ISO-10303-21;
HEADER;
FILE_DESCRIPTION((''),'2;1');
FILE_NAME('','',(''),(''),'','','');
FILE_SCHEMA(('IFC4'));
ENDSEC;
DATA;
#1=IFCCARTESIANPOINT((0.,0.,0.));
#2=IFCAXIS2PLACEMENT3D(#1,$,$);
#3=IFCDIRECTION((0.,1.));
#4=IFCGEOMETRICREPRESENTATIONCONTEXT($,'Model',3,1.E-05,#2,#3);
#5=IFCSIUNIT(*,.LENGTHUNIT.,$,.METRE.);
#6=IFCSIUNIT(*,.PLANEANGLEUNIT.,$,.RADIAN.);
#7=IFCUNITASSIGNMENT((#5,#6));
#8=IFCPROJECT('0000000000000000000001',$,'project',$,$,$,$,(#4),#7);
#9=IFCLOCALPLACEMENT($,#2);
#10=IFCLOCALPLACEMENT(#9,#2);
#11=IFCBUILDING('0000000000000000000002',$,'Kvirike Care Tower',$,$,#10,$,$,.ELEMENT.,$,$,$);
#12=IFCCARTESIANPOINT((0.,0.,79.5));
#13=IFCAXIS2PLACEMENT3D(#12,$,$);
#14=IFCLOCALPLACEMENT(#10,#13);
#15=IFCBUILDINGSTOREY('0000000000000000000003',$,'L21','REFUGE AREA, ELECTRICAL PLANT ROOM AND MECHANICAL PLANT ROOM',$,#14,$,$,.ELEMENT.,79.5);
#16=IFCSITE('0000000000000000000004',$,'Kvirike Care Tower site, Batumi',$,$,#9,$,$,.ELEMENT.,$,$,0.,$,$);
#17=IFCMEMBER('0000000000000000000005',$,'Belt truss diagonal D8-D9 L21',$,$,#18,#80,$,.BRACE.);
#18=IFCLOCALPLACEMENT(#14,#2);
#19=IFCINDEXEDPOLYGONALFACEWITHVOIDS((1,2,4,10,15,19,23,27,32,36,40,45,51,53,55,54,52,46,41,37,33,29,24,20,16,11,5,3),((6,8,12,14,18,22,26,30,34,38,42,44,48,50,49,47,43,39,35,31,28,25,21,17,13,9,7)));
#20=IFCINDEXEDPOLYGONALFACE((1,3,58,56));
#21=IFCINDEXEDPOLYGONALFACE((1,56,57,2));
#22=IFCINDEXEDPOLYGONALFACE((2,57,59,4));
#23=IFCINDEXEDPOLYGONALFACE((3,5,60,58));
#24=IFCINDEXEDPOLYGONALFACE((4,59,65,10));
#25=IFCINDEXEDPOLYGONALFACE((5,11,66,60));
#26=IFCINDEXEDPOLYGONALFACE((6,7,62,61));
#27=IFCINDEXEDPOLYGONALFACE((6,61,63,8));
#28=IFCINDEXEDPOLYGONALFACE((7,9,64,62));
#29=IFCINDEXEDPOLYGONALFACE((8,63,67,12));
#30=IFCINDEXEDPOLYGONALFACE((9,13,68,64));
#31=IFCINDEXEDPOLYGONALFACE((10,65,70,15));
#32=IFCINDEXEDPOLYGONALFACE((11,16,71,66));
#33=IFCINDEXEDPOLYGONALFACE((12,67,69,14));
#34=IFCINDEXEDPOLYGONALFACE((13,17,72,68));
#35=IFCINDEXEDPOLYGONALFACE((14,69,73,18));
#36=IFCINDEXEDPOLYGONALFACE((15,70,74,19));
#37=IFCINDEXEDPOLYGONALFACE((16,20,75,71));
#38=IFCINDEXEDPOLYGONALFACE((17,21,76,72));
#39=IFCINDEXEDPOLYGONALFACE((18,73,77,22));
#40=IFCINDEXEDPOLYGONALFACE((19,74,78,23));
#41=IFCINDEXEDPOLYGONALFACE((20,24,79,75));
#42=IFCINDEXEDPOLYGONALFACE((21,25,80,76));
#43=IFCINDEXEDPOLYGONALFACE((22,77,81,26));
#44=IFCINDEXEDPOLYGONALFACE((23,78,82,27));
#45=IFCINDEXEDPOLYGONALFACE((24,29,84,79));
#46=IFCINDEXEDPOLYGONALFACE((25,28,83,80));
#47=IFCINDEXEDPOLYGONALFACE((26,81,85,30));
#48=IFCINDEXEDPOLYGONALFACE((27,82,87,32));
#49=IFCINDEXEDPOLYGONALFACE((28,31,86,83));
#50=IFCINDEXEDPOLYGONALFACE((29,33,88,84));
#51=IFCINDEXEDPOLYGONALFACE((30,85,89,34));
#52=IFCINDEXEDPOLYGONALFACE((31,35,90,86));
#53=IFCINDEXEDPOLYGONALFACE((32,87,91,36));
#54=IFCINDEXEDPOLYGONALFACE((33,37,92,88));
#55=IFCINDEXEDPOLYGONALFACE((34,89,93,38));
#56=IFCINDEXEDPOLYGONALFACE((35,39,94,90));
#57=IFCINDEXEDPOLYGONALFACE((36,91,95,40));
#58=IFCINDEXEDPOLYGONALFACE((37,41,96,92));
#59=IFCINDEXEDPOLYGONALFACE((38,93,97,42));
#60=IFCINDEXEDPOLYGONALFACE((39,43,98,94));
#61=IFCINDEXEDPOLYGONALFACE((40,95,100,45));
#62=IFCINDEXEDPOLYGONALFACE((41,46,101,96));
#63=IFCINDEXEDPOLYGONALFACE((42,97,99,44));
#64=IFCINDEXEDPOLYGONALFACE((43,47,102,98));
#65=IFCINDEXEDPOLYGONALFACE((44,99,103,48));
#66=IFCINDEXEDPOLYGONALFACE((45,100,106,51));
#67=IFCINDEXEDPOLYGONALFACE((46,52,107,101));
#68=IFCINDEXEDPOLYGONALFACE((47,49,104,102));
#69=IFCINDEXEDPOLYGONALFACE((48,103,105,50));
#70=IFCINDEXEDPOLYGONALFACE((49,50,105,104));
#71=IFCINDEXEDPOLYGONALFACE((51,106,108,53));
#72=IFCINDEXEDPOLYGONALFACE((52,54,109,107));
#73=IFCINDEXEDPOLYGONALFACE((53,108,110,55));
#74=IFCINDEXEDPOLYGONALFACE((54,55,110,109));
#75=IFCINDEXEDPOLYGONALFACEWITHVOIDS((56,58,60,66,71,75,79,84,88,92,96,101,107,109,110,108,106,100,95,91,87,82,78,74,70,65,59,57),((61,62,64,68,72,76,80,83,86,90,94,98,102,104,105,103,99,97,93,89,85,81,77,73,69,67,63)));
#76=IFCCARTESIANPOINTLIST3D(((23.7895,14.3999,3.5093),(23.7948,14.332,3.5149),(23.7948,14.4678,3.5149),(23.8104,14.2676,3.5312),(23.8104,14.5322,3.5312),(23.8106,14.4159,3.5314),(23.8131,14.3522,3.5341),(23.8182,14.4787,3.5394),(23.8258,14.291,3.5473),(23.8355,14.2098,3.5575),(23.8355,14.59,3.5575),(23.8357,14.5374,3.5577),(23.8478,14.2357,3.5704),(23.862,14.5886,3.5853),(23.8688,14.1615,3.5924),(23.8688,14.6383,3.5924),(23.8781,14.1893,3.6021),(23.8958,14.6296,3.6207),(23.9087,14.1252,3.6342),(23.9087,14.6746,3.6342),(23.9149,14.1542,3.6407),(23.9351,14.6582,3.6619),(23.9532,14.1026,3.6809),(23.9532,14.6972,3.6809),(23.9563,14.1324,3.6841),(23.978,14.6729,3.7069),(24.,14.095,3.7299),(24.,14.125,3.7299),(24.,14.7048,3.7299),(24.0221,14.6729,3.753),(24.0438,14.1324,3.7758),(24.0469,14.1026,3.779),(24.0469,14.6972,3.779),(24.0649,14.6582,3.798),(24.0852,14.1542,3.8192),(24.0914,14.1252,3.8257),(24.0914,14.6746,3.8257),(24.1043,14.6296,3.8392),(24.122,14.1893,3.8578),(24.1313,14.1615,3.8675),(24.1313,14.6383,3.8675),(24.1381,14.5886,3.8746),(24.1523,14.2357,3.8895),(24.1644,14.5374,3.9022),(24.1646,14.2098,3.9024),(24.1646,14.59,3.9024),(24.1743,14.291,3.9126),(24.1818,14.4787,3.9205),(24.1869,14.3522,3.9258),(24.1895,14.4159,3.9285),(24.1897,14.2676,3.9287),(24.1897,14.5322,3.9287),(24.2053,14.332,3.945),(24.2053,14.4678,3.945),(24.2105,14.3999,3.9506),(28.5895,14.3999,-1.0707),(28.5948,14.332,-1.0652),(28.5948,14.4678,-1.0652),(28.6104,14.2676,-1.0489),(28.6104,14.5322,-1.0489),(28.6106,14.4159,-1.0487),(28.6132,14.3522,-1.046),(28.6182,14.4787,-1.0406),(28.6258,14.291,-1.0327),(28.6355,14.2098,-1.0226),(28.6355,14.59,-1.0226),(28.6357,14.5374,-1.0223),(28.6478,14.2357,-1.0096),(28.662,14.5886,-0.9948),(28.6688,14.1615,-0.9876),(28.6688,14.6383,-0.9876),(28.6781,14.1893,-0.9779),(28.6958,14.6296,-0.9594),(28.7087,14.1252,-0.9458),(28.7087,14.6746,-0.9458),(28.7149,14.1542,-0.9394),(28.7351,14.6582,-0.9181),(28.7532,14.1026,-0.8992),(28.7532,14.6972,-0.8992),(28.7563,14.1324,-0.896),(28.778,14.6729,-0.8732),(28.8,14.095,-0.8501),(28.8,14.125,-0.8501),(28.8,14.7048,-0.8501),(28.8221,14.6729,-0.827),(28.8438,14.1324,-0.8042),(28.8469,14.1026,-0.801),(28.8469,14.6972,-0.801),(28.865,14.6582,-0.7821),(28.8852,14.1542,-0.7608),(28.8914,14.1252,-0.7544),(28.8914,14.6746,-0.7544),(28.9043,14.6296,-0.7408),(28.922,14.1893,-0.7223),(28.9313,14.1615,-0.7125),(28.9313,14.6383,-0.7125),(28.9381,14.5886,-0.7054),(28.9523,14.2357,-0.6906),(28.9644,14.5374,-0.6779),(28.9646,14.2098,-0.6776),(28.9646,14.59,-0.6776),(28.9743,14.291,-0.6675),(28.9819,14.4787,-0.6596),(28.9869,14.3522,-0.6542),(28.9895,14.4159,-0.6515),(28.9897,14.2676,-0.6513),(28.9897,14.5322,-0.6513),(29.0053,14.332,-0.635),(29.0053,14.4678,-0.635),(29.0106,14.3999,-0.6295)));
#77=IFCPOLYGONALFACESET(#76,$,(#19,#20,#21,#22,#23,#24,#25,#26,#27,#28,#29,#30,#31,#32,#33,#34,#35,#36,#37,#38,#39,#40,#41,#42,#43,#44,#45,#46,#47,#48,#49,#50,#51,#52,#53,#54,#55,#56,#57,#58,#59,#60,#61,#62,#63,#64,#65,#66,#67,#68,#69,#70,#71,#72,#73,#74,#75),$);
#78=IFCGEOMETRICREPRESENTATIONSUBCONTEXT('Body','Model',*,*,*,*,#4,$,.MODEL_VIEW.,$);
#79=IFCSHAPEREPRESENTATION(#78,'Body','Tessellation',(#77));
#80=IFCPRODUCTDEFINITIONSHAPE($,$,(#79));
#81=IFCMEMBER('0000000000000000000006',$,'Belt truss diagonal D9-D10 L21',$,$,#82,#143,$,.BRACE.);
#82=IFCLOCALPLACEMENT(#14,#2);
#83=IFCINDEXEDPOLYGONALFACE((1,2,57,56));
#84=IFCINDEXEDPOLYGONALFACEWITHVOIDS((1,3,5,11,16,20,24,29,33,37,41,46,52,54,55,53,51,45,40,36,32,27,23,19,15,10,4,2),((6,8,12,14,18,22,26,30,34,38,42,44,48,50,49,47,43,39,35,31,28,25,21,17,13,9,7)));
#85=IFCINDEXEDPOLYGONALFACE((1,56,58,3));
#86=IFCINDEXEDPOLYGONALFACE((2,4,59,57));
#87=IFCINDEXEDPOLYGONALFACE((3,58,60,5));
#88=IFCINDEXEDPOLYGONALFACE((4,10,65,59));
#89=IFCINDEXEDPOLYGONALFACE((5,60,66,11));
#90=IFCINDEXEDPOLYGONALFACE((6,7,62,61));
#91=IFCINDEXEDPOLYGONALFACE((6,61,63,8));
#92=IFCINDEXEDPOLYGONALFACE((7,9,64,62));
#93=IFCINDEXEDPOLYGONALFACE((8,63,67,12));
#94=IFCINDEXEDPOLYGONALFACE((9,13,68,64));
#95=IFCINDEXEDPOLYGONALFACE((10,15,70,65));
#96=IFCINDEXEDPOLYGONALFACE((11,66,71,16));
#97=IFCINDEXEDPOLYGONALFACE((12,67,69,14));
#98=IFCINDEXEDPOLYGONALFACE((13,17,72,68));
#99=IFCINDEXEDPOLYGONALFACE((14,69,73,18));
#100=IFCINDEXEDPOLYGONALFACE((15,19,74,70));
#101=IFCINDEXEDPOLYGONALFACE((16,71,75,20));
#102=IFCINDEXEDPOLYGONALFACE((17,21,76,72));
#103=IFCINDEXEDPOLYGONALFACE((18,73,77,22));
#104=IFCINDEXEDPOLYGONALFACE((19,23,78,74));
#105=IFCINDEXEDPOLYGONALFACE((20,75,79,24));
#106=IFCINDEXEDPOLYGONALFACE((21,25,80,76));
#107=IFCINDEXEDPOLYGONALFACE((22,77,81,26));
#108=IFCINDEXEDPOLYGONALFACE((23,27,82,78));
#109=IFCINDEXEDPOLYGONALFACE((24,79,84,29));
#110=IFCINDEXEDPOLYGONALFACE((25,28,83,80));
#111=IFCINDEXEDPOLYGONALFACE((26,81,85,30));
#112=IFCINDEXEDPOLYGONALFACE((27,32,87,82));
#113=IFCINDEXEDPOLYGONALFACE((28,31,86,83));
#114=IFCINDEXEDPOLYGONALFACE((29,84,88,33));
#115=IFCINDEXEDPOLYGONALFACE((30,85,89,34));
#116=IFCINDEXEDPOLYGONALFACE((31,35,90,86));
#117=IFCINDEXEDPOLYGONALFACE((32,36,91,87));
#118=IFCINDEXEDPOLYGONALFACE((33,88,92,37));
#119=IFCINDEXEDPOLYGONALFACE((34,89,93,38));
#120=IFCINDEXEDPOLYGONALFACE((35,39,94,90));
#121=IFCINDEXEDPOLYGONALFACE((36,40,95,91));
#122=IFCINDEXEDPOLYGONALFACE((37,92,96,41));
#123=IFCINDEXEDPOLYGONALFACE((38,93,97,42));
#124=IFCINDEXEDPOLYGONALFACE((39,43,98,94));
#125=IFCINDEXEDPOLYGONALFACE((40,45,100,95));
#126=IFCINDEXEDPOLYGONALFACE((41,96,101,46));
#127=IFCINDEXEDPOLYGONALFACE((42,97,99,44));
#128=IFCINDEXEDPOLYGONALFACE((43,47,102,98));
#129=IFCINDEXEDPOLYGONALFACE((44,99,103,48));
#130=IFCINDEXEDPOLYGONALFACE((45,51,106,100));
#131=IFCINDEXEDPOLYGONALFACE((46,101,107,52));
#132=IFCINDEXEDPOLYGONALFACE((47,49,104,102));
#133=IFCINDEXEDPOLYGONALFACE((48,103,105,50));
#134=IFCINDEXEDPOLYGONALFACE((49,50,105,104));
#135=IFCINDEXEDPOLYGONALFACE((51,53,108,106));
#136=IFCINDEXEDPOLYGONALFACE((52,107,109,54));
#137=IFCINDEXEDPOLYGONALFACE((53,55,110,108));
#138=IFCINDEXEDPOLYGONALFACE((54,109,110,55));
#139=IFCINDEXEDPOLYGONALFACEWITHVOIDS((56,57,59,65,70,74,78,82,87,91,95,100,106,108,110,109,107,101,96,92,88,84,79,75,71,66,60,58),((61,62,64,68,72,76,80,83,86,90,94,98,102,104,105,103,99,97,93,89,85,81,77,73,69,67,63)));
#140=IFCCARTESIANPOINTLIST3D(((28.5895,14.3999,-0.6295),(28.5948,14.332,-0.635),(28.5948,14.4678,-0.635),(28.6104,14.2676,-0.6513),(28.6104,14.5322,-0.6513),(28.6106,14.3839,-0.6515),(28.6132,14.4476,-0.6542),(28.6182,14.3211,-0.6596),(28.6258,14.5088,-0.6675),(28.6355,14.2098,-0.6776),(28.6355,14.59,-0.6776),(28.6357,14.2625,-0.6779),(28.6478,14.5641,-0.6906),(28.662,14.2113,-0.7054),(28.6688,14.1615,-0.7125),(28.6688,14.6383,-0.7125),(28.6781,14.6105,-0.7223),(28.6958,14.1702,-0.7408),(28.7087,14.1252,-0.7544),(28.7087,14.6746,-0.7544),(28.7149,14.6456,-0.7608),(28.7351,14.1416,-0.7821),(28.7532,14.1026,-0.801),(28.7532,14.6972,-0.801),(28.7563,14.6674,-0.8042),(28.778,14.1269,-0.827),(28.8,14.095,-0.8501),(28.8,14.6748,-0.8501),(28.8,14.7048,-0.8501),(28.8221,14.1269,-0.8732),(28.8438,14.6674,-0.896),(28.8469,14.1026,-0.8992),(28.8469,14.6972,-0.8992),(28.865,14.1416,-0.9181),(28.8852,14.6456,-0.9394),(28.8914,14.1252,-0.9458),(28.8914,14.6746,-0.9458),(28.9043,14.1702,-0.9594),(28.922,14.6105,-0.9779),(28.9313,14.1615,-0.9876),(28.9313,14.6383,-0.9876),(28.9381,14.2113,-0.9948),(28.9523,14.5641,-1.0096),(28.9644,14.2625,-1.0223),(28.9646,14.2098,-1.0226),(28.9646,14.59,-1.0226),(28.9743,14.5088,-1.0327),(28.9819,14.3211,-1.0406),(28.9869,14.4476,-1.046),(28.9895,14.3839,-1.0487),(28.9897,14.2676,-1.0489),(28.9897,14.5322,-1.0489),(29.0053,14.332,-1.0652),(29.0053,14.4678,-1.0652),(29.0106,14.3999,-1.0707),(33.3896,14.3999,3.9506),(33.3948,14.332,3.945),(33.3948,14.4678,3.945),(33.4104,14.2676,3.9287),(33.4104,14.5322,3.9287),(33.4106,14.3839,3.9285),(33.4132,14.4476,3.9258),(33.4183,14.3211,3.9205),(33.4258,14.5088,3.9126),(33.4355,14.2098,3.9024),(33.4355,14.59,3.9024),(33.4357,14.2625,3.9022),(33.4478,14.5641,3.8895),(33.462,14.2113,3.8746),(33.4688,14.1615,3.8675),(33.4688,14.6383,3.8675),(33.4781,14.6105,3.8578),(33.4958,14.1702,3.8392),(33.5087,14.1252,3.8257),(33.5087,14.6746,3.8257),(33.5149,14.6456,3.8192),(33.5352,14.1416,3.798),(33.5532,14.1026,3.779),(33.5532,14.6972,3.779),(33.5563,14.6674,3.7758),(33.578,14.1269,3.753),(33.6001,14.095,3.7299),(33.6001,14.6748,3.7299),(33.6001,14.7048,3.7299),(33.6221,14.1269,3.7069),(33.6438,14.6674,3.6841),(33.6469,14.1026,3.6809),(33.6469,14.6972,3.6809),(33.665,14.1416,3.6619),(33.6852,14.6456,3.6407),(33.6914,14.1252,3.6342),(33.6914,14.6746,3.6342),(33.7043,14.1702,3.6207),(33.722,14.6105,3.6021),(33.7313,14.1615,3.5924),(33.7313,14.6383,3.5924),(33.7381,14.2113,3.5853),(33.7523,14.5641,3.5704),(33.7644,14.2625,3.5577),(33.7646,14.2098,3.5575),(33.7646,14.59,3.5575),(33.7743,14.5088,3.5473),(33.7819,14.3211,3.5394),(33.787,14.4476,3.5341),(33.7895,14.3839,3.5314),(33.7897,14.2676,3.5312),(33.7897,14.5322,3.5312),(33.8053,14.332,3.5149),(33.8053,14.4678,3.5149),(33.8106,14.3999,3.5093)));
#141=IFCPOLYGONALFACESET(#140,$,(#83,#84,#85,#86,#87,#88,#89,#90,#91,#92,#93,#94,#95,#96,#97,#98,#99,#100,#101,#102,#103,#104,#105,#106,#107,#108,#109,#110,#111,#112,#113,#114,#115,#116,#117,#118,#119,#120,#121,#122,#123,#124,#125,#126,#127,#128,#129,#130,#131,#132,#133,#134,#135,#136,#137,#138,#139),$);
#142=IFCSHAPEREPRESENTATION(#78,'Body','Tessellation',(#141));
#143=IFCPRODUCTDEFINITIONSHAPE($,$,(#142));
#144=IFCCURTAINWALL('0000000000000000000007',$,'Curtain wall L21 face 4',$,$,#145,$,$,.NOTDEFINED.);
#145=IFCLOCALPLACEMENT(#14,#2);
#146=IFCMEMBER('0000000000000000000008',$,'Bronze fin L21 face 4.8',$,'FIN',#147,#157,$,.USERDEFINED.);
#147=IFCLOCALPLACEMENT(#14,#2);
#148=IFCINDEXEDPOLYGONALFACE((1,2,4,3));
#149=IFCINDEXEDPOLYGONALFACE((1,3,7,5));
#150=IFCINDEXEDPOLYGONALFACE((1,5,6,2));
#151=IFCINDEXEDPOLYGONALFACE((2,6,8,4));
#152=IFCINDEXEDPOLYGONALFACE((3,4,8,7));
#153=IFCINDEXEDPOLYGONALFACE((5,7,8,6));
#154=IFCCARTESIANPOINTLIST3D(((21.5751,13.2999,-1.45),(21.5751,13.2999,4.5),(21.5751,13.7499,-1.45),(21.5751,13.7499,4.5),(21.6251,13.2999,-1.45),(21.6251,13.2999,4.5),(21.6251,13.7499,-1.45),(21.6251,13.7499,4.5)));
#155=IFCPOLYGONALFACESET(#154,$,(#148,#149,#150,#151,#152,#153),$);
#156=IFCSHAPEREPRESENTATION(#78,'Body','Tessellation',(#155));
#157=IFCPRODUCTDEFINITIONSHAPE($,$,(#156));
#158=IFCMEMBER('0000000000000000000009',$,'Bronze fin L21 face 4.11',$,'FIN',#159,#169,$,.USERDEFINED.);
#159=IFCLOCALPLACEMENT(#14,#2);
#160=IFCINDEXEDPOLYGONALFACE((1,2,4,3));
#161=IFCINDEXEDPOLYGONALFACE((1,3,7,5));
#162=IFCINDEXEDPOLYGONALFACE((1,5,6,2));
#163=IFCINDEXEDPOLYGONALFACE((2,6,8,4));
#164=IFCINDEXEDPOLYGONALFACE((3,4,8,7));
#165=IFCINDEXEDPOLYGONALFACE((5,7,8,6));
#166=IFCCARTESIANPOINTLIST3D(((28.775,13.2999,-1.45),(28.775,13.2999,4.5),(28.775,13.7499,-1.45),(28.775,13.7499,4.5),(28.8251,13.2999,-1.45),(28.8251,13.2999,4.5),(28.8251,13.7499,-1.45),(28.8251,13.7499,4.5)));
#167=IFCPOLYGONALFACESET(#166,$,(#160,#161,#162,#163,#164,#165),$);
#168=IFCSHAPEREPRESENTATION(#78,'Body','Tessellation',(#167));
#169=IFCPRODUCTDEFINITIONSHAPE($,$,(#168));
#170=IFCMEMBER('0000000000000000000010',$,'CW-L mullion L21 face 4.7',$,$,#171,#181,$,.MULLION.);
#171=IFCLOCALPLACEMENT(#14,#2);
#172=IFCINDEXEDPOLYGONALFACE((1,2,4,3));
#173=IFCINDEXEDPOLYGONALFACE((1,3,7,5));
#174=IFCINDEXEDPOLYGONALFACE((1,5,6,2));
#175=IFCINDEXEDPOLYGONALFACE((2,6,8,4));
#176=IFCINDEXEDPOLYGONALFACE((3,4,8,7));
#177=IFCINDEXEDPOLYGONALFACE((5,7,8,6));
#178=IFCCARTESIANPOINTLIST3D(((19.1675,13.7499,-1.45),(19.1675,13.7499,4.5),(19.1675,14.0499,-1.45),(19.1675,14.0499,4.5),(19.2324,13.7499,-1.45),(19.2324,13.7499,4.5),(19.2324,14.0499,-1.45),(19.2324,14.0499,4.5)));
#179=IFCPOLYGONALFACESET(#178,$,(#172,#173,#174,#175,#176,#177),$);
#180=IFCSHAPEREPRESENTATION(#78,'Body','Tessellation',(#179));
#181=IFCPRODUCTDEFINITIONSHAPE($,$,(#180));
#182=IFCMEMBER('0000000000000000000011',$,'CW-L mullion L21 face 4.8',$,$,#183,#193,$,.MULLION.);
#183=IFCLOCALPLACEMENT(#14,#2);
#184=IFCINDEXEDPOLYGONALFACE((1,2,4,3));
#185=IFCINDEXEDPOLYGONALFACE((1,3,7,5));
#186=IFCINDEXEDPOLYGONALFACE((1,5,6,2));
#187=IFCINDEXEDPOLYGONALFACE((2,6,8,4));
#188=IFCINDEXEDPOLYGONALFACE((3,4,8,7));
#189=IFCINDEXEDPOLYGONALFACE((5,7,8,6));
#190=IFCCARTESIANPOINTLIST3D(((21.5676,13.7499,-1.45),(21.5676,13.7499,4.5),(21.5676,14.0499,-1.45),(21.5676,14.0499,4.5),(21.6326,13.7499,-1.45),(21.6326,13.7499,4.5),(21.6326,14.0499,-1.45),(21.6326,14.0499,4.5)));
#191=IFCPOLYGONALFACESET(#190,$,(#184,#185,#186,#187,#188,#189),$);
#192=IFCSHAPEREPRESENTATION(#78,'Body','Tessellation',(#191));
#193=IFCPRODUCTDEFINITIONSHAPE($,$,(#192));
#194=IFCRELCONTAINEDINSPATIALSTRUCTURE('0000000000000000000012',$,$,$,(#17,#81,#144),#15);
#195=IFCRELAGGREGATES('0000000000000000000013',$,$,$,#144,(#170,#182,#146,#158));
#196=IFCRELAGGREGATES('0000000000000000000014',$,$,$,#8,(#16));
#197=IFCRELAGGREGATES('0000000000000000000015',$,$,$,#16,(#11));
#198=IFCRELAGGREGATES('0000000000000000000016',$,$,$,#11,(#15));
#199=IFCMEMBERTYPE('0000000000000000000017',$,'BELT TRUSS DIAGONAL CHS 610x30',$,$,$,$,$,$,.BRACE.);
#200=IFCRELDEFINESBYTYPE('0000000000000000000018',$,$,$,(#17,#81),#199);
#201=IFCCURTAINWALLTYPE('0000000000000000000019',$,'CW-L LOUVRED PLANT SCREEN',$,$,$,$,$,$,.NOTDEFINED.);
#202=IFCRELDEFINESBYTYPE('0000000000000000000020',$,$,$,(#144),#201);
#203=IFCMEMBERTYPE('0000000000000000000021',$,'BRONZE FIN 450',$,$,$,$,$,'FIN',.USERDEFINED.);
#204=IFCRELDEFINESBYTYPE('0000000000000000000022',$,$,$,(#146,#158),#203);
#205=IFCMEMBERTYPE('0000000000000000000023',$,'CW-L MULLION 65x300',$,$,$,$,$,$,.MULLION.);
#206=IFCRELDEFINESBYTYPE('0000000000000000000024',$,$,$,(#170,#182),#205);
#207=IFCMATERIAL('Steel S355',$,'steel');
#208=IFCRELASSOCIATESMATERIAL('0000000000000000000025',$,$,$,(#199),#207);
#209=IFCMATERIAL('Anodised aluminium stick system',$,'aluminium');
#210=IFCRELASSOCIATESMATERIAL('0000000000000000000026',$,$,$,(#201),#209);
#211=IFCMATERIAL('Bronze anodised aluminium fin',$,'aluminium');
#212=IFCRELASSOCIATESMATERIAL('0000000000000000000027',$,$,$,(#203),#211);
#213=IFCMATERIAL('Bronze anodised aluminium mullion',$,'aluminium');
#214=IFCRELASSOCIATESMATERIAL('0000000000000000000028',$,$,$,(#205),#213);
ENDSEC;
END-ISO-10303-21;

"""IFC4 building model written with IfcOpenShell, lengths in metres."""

from ifc_helpers import new_model, si_unit, direction, frame, origin, origin_2d, place, context, subcontext, project, spatial, rectangle, hollow_circle, extrude, material, material_profile, profile_set, type_object, element, aggregate, save


model = new_model("IFC4")

# Units and contexts
model_context = context("Model", 3, precision=1e-05, world=origin(), true_north=direction((0.0, 1.0)))
body_context = subcontext(model_context, "Body", "Model", "MODEL_VIEW")
ifc_project = project(units=[si_unit("LENGTHUNIT", "METRE"), si_unit("PLANEANGLEUNIT", "RADIAN")], contexts=[model_context])

# Site, building, storey
site_placement = place(None, origin())
site = spatial("IfcSite", under=ifc_project, at=site_placement, Name="Kvirike Care Tower site, Batumi", CompositionType="ELEMENT", RefElevation=0.0)
building_placement = place(site_placement, origin())
building = spatial("IfcBuilding", under=site, at=building_placement, Name="Kvirike Care Tower", CompositionType="ELEMENT")
storey_placement = place(building_placement, frame((0.0, 0.0, 79.5)))
storey = spatial("IfcBuildingStorey", under=building, at=storey_placement, Name="L21", Description="REFUGE AREA, ELECTRICAL PLANT ROOM AND MECHANICAL PLANT ROOM", CompositionType="ELEMENT", Elevation=79.5)

# Members
ifc_material_1 = material(Name="Steel S355", Category="steel")
ifc_material_profile_1 = material_profile(ifc_material_1, hollow_circle(Radius=0.3049, WallThickness=0.03, at=origin_2d()), Name="CHS 610x30")
ifc_profile_set_1 = profile_set([ifc_material_profile_1], Name="Steel S355")
member_type_1 = type_object("IfcMemberType", Name="BELT TRUSS DIAGONAL CHS 610x30", PredefinedType="BRACE", material=ifc_profile_set_1)
for number, where, z_axis, x_axis, name in (
    (1, (28.8, 14.3999, -0.8501), (-0.72349, 0.0, 0.690335), (0.0, -1.0, 0.0), "Belt truss diagonal D8-D9 L21"),
    (2, (28.8, 14.3999, -0.8501), (0.72349, 0.0, 0.690335), (0.0, 1.0, 0.0), "Belt truss diagonal D9-D10 L21"),
):
    element("IfcMember", number, at=place(storey_placement, frame(where, z_axis=z_axis, x_axis=x_axis)), inside=storey, type_object=member_type_1, Name=name, PredefinedType="BRACE", context=body_context, shape_type="SweptSolid", body=[
        extrude(hollow_circle(Radius=0.3049, WallThickness=0.03, at=origin_2d()), origin(), (0.0, 0.0, 1.0), 6.6345),
    ])

# Curtain wall, members
ifc_material_2 = material(Name="Anodised aluminium stick system", Category="aluminium")
curtain_wall_type = type_object("IfcCurtainWallType", Name="CW-L LOUVRED PLANT SCREEN", PredefinedType="NOTDEFINED", material=ifc_material_2)
curtain_wall_placement = place(storey_placement, origin())
curtain_wall = element("IfcCurtainWall", 3, at=curtain_wall_placement, inside=storey, type_object=curtain_wall_type, Name="Curtain wall L21 face 4", PredefinedType="NOTDEFINED")
ifc_material_3 = material(Name="Bronze anodised aluminium fin", Category="aluminium")
ifc_material_profile_2 = material_profile(ifc_material_3, rectangle(XDim=0.05, YDim=0.45, at=origin_2d()), Name="BRONZE FIN 450")
ifc_profile_set_2 = profile_set([ifc_material_profile_2], Name="Bronze anodised aluminium fin")
member_type_2 = type_object("IfcMemberType", Name="BRONZE FIN 450", ElementType="FIN", PredefinedType="USERDEFINED", material=ifc_profile_set_2)
member_1_placement = place(storey_placement, frame((21.6001, 13.5249, -1.45), z_axis=(0.0, 0.0, 1.0), x_axis=(1.0, 0.0, 0.0)))
member_1 = element("IfcMember", 4, at=member_1_placement, type_object=member_type_2, Name="Bronze fin L21 face 4.8", ObjectType="FIN", PredefinedType="USERDEFINED", context=body_context, shape_type="SweptSolid", body=[
    extrude(rectangle(XDim=0.05, YDim=0.45, at=origin_2d()), origin(), (0.0, 0.0, 1.0), 5.95),
])
member_2_placement = place(storey_placement, frame((28.8, 13.5249, -1.45), z_axis=(0.0, 0.0, 1.0), x_axis=(1.0, 0.0, 0.0)))
member_2 = element("IfcMember", 5, at=member_2_placement, type_object=member_type_2, Name="Bronze fin L21 face 4.11", ObjectType="FIN", PredefinedType="USERDEFINED", context=body_context, shape_type="SweptSolid", body=[
    extrude(rectangle(XDim=0.05, YDim=0.45, at=origin_2d()), origin(), (0.0, 0.0, 1.0), 5.95),
])
ifc_material_4 = material(Name="Bronze anodised aluminium mullion", Category="aluminium")
ifc_material_profile_3 = material_profile(ifc_material_4, rectangle(XDim=0.0649, YDim=0.3, at=origin_2d()), Name="CW-L MULLION 65x300")
ifc_profile_set_3 = profile_set([ifc_material_profile_3], Name="Bronze anodised aluminium mullion")
member_type_3 = type_object("IfcMemberType", Name="CW-L MULLION 65x300", PredefinedType="MULLION", material=ifc_profile_set_3)
member_3_placement = place(storey_placement, frame((19.2, 13.8999, -1.45), z_axis=(0.0, 0.0, 1.0), x_axis=(1.0, 0.0, 0.0)))
member_3 = element("IfcMember", 6, at=member_3_placement, type_object=member_type_3, Name="CW-L mullion L21 face 4.7", PredefinedType="MULLION", context=body_context, shape_type="SweptSolid", body=[
    extrude(rectangle(XDim=0.0649, YDim=0.3, at=origin_2d()), origin(), (0.0, 0.0, 1.0), 5.95),
])
member_4_placement = place(storey_placement, frame((21.6001, 13.8999, -1.45), z_axis=(0.0, 0.0, 1.0), x_axis=(1.0, 0.0, 0.0)))
member_4 = element("IfcMember", 7, at=member_4_placement, type_object=member_type_3, Name="CW-L mullion L21 face 4.8", PredefinedType="MULLION", context=body_context, shape_type="SweptSolid", body=[
    extrude(rectangle(XDim=0.0649, YDim=0.3, at=origin_2d()), origin(), (0.0, 0.0, 1.0), 5.95),
])

aggregate(curtain_wall, [member_3, member_4, member_1, member_2])

save(model, "model.ifc")
